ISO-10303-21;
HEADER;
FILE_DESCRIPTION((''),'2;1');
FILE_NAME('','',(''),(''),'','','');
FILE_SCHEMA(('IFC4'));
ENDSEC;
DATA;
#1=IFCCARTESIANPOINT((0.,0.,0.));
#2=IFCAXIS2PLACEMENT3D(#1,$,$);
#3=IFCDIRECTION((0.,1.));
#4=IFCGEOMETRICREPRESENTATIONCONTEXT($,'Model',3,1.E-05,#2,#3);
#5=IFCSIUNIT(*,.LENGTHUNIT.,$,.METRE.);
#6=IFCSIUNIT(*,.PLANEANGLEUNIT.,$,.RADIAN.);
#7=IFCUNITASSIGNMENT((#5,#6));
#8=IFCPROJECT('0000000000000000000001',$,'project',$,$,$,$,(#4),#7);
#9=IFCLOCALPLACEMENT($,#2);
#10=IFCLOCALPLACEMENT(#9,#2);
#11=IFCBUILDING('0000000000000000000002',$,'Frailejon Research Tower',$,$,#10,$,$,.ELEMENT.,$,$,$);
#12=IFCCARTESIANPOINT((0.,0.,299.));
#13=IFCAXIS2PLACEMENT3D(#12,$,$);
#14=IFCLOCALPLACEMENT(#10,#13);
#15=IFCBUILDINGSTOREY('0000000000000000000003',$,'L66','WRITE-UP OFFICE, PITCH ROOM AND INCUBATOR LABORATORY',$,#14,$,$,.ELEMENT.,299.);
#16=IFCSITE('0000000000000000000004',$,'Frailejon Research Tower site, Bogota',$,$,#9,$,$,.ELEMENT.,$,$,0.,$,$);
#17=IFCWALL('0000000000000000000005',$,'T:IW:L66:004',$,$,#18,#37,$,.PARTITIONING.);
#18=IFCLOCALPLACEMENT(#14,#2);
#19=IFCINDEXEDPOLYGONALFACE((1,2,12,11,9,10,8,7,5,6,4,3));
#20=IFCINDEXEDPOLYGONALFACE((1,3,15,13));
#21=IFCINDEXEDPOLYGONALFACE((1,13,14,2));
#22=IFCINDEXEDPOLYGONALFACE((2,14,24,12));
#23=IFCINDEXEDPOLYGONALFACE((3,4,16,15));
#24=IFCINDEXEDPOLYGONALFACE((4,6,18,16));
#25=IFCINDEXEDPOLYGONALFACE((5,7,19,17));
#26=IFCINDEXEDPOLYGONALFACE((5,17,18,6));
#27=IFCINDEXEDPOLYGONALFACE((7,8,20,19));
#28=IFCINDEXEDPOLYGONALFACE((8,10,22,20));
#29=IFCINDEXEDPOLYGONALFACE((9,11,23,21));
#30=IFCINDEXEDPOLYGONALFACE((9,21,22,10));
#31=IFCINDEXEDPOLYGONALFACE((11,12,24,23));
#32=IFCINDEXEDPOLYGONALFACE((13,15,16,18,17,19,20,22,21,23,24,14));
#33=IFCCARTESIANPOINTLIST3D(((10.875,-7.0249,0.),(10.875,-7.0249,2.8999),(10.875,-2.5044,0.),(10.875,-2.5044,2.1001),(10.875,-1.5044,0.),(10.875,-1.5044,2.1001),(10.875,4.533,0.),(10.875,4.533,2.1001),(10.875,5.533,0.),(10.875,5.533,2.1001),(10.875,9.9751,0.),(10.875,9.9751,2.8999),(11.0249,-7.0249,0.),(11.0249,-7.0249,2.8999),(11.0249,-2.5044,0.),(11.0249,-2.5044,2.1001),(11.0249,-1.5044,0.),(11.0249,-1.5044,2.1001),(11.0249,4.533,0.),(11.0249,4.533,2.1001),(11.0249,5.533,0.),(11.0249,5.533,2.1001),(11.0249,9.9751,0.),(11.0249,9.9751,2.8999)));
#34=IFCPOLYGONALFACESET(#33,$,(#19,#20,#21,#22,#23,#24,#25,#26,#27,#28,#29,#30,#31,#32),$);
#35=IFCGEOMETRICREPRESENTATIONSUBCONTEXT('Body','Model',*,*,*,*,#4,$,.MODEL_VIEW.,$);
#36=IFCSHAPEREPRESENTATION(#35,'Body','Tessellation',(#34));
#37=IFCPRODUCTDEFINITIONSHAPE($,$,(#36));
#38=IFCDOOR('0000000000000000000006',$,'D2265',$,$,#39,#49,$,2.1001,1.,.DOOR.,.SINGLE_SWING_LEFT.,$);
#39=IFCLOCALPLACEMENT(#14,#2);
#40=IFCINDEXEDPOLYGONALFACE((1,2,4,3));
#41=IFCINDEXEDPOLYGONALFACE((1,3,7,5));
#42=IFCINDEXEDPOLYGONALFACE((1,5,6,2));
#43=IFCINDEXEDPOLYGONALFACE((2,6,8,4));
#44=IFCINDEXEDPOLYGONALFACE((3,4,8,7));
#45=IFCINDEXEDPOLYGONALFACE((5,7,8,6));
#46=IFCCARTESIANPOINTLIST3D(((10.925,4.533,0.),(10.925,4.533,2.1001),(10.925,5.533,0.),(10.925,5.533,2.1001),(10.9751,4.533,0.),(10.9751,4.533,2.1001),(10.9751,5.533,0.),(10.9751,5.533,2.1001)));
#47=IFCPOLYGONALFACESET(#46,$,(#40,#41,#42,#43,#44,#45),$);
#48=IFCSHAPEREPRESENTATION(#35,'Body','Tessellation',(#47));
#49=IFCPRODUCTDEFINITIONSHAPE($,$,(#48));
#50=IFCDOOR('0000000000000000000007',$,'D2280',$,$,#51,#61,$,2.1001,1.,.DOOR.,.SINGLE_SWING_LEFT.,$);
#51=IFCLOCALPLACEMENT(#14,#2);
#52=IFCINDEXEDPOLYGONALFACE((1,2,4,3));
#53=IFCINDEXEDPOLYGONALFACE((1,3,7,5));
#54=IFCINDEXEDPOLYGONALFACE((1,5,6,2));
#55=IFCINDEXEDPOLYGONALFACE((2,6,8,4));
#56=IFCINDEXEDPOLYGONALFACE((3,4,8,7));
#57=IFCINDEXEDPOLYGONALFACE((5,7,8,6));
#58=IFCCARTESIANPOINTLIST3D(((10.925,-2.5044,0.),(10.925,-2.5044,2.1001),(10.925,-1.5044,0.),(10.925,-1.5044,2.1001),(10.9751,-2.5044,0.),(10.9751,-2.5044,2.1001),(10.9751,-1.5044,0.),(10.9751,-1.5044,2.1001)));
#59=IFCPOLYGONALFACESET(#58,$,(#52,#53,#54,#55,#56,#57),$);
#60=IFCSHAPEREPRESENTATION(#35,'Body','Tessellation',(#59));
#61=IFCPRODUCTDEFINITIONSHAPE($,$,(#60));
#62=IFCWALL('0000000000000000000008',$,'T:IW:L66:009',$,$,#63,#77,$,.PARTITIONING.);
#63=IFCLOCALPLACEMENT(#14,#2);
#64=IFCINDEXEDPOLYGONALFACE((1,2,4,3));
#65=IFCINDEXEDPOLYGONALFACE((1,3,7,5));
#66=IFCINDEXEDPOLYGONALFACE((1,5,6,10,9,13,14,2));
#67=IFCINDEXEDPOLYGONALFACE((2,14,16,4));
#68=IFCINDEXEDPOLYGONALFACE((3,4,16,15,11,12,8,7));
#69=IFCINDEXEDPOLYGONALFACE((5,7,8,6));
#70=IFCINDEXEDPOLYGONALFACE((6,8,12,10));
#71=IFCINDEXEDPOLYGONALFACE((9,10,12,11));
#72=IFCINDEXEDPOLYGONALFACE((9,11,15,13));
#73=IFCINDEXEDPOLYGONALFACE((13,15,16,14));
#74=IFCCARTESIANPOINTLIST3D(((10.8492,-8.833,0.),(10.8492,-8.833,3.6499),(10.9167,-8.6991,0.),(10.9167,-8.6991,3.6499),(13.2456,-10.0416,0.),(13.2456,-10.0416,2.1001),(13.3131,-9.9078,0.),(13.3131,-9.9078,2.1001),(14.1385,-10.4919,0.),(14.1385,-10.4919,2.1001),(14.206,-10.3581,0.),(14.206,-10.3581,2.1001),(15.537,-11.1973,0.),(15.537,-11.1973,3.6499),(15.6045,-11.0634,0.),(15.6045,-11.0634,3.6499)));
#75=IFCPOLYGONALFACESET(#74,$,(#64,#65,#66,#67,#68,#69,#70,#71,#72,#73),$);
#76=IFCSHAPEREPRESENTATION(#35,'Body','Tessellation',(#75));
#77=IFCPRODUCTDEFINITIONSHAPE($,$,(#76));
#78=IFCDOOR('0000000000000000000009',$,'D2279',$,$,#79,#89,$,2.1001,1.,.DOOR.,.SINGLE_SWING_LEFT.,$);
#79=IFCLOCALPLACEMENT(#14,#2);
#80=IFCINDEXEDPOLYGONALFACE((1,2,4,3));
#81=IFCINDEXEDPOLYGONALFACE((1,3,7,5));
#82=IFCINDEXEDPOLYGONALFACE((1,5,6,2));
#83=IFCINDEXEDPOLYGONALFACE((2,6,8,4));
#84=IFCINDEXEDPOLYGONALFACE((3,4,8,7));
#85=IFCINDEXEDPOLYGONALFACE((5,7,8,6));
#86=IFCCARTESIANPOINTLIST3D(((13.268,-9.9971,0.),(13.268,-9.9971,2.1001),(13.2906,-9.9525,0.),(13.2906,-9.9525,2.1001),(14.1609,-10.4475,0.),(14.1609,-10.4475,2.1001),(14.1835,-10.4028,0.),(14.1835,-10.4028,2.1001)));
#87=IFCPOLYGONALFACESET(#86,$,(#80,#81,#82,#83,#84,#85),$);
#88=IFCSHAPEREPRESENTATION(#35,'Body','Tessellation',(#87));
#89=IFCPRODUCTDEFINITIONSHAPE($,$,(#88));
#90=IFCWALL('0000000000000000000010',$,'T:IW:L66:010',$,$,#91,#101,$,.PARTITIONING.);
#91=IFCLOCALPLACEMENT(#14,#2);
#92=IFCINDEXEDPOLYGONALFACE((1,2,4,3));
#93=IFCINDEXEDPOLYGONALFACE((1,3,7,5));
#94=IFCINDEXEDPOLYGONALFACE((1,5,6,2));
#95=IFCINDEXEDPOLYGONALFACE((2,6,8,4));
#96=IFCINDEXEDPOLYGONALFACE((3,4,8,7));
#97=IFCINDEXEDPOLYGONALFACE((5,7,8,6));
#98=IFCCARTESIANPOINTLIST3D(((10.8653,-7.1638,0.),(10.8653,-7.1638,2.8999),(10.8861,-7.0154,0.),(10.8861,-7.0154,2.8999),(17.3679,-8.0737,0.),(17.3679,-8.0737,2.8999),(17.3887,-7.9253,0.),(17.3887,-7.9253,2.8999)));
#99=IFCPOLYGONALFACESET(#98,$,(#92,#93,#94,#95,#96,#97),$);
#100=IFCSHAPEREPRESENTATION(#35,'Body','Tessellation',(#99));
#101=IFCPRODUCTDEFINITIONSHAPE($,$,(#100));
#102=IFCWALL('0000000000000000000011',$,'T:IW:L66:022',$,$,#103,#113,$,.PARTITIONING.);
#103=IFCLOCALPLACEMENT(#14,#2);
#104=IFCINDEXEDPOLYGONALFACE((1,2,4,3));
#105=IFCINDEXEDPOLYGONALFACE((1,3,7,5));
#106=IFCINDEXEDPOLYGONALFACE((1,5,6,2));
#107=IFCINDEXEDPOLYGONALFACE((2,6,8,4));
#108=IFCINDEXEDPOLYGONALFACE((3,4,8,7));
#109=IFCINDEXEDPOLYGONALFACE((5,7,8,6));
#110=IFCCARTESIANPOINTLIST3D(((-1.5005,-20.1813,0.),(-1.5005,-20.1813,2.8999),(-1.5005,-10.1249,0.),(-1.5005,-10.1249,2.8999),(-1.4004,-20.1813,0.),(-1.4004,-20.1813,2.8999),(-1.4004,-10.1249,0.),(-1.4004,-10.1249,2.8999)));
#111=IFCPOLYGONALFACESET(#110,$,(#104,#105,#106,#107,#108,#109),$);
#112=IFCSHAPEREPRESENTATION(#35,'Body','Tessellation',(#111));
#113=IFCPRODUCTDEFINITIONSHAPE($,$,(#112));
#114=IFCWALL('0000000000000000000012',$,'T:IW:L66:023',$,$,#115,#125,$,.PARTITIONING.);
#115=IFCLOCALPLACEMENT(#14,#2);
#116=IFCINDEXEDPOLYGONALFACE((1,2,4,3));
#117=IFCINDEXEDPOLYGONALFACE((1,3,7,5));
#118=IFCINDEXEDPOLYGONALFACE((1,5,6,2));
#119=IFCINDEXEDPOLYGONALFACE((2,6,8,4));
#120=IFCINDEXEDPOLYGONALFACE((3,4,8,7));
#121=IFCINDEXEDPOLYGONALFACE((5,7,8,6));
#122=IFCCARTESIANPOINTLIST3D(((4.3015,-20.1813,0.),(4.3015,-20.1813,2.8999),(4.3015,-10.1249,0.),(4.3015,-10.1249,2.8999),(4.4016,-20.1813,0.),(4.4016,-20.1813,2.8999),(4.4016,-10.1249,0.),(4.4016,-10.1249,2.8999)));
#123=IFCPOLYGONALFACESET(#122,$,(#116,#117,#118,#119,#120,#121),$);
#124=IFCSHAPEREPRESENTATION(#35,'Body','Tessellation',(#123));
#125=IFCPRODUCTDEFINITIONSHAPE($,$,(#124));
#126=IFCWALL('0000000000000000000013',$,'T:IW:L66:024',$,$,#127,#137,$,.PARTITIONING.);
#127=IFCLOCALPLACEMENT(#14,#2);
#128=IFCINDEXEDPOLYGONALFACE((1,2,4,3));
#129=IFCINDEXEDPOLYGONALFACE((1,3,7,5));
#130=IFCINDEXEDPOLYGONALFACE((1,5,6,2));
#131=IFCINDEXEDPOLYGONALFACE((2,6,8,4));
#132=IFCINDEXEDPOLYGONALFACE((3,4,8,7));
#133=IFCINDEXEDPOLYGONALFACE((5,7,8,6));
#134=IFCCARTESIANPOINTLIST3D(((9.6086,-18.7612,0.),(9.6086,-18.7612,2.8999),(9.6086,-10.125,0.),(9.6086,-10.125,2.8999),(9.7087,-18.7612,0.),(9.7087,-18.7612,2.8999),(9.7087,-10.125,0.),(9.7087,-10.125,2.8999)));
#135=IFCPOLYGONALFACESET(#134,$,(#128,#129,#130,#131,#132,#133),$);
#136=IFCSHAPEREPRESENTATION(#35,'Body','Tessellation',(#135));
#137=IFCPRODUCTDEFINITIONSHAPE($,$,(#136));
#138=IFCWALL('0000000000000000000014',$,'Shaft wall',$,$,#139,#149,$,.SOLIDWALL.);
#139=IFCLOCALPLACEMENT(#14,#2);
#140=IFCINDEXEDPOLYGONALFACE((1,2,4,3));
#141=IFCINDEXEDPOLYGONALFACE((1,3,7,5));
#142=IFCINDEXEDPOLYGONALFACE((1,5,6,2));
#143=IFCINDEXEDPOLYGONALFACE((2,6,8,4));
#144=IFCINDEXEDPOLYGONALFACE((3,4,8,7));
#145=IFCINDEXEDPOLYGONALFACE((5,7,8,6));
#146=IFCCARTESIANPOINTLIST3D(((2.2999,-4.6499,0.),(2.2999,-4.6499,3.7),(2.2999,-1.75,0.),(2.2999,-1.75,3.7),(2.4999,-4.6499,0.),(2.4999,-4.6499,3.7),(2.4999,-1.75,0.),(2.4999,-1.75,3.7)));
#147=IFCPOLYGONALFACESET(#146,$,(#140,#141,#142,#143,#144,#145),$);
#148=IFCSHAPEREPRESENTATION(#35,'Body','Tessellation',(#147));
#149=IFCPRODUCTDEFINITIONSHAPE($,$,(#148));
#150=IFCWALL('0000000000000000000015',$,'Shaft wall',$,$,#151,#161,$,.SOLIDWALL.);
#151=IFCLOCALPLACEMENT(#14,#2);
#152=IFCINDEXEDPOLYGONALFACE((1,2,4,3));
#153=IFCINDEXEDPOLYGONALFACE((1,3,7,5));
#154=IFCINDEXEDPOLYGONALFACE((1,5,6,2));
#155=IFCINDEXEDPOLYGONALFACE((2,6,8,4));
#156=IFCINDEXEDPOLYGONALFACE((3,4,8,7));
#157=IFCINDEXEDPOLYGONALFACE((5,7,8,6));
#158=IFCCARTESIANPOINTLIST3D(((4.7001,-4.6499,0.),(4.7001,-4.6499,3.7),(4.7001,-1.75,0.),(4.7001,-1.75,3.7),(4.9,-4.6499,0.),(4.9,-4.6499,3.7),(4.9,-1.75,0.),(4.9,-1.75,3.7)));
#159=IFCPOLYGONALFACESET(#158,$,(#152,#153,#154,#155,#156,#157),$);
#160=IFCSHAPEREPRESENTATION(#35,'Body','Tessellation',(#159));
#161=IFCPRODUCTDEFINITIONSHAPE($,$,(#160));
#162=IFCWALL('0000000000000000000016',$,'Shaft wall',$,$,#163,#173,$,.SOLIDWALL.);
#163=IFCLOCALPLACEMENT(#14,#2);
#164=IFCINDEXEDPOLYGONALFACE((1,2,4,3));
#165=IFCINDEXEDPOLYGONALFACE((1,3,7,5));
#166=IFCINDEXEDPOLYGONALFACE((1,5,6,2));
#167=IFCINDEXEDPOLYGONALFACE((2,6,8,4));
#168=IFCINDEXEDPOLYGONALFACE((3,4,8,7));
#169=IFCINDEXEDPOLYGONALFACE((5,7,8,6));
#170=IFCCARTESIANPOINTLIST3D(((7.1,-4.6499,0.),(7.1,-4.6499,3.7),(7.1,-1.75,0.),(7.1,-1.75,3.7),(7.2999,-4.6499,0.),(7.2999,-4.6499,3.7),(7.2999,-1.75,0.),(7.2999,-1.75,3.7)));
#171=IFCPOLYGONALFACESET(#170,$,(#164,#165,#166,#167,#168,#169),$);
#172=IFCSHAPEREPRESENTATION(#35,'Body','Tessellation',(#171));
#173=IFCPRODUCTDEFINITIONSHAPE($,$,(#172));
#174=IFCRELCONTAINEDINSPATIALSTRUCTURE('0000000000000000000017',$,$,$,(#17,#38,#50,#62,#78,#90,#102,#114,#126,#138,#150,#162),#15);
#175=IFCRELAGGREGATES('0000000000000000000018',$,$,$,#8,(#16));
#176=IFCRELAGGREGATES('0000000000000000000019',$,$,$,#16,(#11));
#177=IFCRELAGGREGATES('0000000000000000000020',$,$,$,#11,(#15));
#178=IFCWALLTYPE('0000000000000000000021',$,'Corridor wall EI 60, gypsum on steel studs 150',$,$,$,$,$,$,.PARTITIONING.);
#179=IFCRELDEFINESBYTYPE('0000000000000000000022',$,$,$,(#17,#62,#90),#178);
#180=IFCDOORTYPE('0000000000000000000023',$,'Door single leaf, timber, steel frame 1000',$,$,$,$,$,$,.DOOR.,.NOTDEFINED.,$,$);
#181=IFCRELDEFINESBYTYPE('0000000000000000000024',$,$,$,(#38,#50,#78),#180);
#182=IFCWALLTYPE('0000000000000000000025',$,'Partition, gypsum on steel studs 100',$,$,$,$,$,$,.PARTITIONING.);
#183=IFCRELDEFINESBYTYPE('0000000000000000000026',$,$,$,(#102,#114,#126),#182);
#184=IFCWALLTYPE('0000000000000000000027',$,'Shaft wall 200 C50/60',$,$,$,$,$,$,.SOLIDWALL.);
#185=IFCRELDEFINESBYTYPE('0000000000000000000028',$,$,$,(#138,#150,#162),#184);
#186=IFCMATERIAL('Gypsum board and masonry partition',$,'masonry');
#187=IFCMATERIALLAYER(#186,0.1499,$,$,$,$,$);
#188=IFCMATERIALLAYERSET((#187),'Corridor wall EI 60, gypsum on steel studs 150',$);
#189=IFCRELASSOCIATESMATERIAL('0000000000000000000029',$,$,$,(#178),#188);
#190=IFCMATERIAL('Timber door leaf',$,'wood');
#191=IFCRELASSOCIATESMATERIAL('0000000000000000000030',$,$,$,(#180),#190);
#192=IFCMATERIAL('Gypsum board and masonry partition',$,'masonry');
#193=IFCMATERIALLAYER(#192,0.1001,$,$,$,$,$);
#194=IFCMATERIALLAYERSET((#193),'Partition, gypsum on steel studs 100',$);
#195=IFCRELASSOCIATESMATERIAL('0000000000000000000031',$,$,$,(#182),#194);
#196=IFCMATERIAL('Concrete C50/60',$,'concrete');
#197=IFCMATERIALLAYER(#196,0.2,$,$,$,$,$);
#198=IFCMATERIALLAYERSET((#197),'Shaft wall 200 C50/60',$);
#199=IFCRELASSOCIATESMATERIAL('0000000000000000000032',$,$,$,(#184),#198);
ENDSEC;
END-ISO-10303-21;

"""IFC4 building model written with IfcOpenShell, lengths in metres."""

from ifc_helpers import new_model, si_unit, direction, frame, frame_2d, origin, place, context, subcontext, project, spatial, rectangle, extrude, material, layer, layer_set, type_object, element, fill, save


model = new_model("IFC4")

# Units and contexts
model_context = context("Model", 3, precision=1e-05, world=origin(), true_north=direction((0.0, 1.0)))
body_context = subcontext(model_context, "Body", "Model", "MODEL_VIEW")
ifc_project = project(units=[si_unit("LENGTHUNIT", "METRE"), si_unit("PLANEANGLEUNIT", "RADIAN")], contexts=[model_context])

# Site, building, storey
site_placement = place(None, origin())
site = spatial("IfcSite", under=ifc_project, at=site_placement, Name="Frailejon Research Tower site, Bogota", CompositionType="ELEMENT", RefElevation=0.0)
building_placement = place(site_placement, origin())
building = spatial("IfcBuilding", under=site, at=building_placement, Name="Frailejon Research Tower", CompositionType="ELEMENT")
storey_placement = place(building_placement, frame((0.0, 0.0, 299.0)))
storey = spatial("IfcBuildingStorey", under=building, at=storey_placement, Name="L66", Description="WRITE-UP OFFICE, PITCH ROOM AND INCUBATOR LABORATORY", CompositionType="ELEMENT", Elevation=299.0)

# Shared definitions
ifc_material_1 = material(Name="Gypsum board and masonry partition", Category="masonry")
ifc_layer_1 = layer(ifc_material_1, 0.1499)
ifc_layer_set_1 = layer_set([ifc_layer_1], Name="Corridor wall EI 60, gypsum on steel studs 150")
wall_type_1 = type_object("IfcWallType", Name="Corridor wall EI 60, gypsum on steel studs 150", PredefinedType="PARTITIONING", material=ifc_layer_set_1)

# Wall, openings, doors
wall_1_placement = place(storey_placement, frame((10.95, -7.0249, 0.0), z_axis=(0.0, 0.0, 1.0), x_axis=(0.0, 1.0, 0.0)))
wall_1 = element("IfcWall", 1, at=wall_1_placement, inside=storey, type_object=wall_type_1, Name="T:IW:L66:004", PredefinedType="PARTITIONING", context=body_context, shape_type="SweptSolid", body=[
    extrude(rectangle(XDim=17.0, YDim=0.1499, at=frame_2d((8.5, 0.0))), origin(), (0.0, 0.0, 1.0), 2.8999),
])
opening_1_placement = place(wall_1_placement, frame((11.5579, 0.0, 0.0)))
opening_1 = element("IfcOpeningElement", 2, at=opening_1_placement, cuts=wall_1, PredefinedType="OPENING", context=body_context, shape_type="SweptSolid", body=[
    extrude(rectangle(XDim=1.0, YDim=2.1001, at=frame_2d((0.5, 1.05))), frame((0.0, 0.085, 0.0), z_axis=(0.0, -1.0, 0.0), x_axis=(1.0, 0.0, 0.0)), (0.0, 0.0, 1.0), 0.1699),
])
opening_2_placement = place(wall_1_placement, frame((4.5205, 0.0, 0.0)))
opening_2 = element("IfcOpeningElement", 3, at=opening_2_placement, cuts=wall_1, PredefinedType="OPENING", context=body_context, shape_type="SweptSolid", body=[
    extrude(rectangle(XDim=1.0, YDim=2.1001, at=frame_2d((0.5, 1.05))), frame((0.0, 0.085, 0.0), z_axis=(0.0, -1.0, 0.0), x_axis=(1.0, 0.0, 0.0)), (0.0, 0.0, 1.0), 0.1699),
])
ifc_material_2 = material(Name="Timber door leaf", Category="wood")
door_type_1 = type_object("IfcDoorType", Name="Door single leaf, timber, steel frame 1000", OperationType="NOTDEFINED", PredefinedType="DOOR", material=ifc_material_2)
door_1_placement = place(opening_1_placement, origin())
door_1 = element("IfcDoor", 4, at=door_1_placement, inside=storey, type_object=door_type_1, Name="D2265", OperationType="SINGLE_SWING_LEFT", OverallHeight=2.1001, OverallWidth=1.0, PredefinedType="DOOR", context=body_context, shape_type="SweptSolid", body=[
    extrude(rectangle(XDim=1.0, YDim=2.1001, at=frame_2d((0.5, 1.05))), frame((0.0, 0.0249, 0.0), z_axis=(0.0, -1.0, 0.0), x_axis=(1.0, 0.0, 0.0)), (0.0, 0.0, 1.0), 0.05),
])
fill(opening_1, door_1)
door_2_placement = place(opening_2_placement, origin())
door_2 = element("IfcDoor", 5, at=door_2_placement, inside=storey, type_object=door_type_1, Name="D2280", OperationType="SINGLE_SWING_LEFT", OverallHeight=2.1001, OverallWidth=1.0, PredefinedType="DOOR", context=body_context, shape_type="SweptSolid", body=[
    extrude(rectangle(XDim=1.0, YDim=2.1001, at=frame_2d((0.5, 1.05))), frame((0.0, 0.0249, 0.0), z_axis=(0.0, -1.0, 0.0), x_axis=(1.0, 0.0, 0.0)), (0.0, 0.0, 1.0), 0.05),
])
fill(opening_2, door_2)

# Wall, opening, door
wall_2_placement = place(storey_placement, frame((10.8831, -8.7661, 0.0), z_axis=(0.0, 0.0, 1.0), x_axis=(0.892869, -0.450317, 0.0)))
wall_2 = element("IfcWall", 6, at=wall_2_placement, inside=storey, type_object=wall_type_1, Name="T:IW:L66:009", PredefinedType="PARTITIONING", context=body_context, shape_type="SweptSolid", body=[
    extrude(rectangle(XDim=5.2502, YDim=0.1499, at=frame_2d((2.625, 0.0))), origin(), (0.0, 0.0, 1.0), 3.6499),
])
opening_3_placement = place(wall_2_placement, frame((2.6838, 0.0, 0.0)))
opening_3 = element("IfcOpeningElement", 7, at=opening_3_placement, cuts=wall_2, PredefinedType="OPENING", context=body_context, shape_type="SweptSolid", body=[
    extrude(rectangle(XDim=1.0, YDim=2.1001, at=frame_2d((0.5, 1.05))), frame((0.0, 0.085, 0.0), z_axis=(0.0, -1.0, 0.0), x_axis=(1.0, 0.0, 0.0)), (0.0, 0.0, 1.0), 0.1699),
])
door_3_placement = place(opening_3_placement, origin())
door_3 = element("IfcDoor", 8, at=door_3_placement, inside=storey, type_object=door_type_1, Name="D2279", OperationType="SINGLE_SWING_LEFT", OverallHeight=2.1001, OverallWidth=1.0, PredefinedType="DOOR", context=body_context, shape_type="SweptSolid", body=[
    extrude(rectangle(XDim=1.0, YDim=2.1001, at=frame_2d((0.5, 1.05))), frame((0.0, 0.0249, 0.0), z_axis=(0.0, -1.0, 0.0), x_axis=(1.0, 0.0, 0.0)), (0.0, 0.0, 1.0), 0.05),
])
fill(opening_3, door_3)

# Walls
wall_3_placement = place(storey_placement, frame((10.8757, -7.0896, 0.0), z_axis=(0.0, 0.0, 1.0), x_axis=(0.990351, -0.138579, 0.0)))
element("IfcWall", 9, at=wall_3_placement, inside=storey, type_object=wall_type_1, Name="T:IW:L66:010", PredefinedType="PARTITIONING", context=body_context, shape_type="SweptSolid", body=[
    extrude(rectangle(XDim=6.5659, YDim=0.1499, at=frame_2d((3.283, 0.0))), origin(), (0.0, 0.0, 1.0), 2.8999),
])
ifc_material_3 = material(Name="Gypsum board and masonry partition", Category="masonry")
ifc_layer_2 = layer(ifc_material_3, 0.1001)
ifc_layer_set_2 = layer_set([ifc_layer_2], Name="Partition, gypsum on steel studs 100")
wall_type_2 = type_object("IfcWallType", Name="Partition, gypsum on steel studs 100", PredefinedType="PARTITIONING", material=ifc_layer_set_2)
for number, where, z_axis, x_axis, name in (
    (10, (-1.4504, -20.1814, 0.0), (0.0, 0.0, 1.0), (0.0, 1.0, 0.0), "T:IW:L66:022"),
    (11, (4.3516, -20.1814, 0.0), (0.0, 0.0, 1.0), (0.0, 1.0, 0.0), "T:IW:L66:023"),
):
    element("IfcWall", number, at=place(storey_placement, frame(where, z_axis=z_axis, x_axis=x_axis)), inside=storey, type_object=wall_type_2, Name=name, PredefinedType="PARTITIONING", context=body_context, shape_type="SweptSolid", body=[
        extrude(rectangle(XDim=10.0564, YDim=0.1001, at=frame_2d((5.0283, 0.0))), origin(), (0.0, 0.0, 1.0), 2.8999),
    ])
wall_4_placement = place(storey_placement, frame((9.6587, -18.7612, 0.0), z_axis=(0.0, 0.0, 1.0), x_axis=(0.0, 1.0, 0.0)))
element("IfcWall", 12, at=wall_4_placement, inside=storey, type_object=wall_type_2, Name="T:IW:L66:024", PredefinedType="PARTITIONING", context=body_context, shape_type="SweptSolid", body=[
    extrude(rectangle(XDim=8.6362, YDim=0.1001, at=frame_2d((4.3181, 0.0))), origin(), (0.0, 0.0, 1.0), 2.8999),
])
ifc_material_4 = material(Name="Concrete C50/60", Category="concrete")
ifc_layer_3 = layer(ifc_material_4, 0.2)
ifc_layer_set_3 = layer_set([ifc_layer_3], Name="Shaft wall 200 C50/60")
wall_type_3 = type_object("IfcWallType", Name="Shaft wall 200 C50/60", PredefinedType="SOLIDWALL", material=ifc_layer_set_3)
for number, where, z_axis, x_axis, name in (
    (13, (2.3999, -4.6499, 0.0), (0.0, 0.0, 1.0), (0.0, 1.0, 0.0), "Shaft wall"),
    (14, (4.8, -4.6499, 0.0), (0.0, 0.0, 1.0), (0.0, 1.0, 0.0), "Shaft wall"),
    (15, (7.2, -4.6499, 0.0), (0.0, 0.0, 1.0), (0.0, 1.0, 0.0), "Shaft wall"),
):
    element("IfcWall", number, at=place(storey_placement, frame(where, z_axis=z_axis, x_axis=x_axis)), inside=storey, type_object=wall_type_3, Name=name, PredefinedType="SOLIDWALL", context=body_context, shape_type="SweptSolid", body=[
        extrude(rectangle(XDim=2.8999, YDim=0.2, at=frame_2d((1.45, 0.0))), origin(), (0.0, 0.0, 1.0), 3.7),
    ])

save(model, "model.ifc")
